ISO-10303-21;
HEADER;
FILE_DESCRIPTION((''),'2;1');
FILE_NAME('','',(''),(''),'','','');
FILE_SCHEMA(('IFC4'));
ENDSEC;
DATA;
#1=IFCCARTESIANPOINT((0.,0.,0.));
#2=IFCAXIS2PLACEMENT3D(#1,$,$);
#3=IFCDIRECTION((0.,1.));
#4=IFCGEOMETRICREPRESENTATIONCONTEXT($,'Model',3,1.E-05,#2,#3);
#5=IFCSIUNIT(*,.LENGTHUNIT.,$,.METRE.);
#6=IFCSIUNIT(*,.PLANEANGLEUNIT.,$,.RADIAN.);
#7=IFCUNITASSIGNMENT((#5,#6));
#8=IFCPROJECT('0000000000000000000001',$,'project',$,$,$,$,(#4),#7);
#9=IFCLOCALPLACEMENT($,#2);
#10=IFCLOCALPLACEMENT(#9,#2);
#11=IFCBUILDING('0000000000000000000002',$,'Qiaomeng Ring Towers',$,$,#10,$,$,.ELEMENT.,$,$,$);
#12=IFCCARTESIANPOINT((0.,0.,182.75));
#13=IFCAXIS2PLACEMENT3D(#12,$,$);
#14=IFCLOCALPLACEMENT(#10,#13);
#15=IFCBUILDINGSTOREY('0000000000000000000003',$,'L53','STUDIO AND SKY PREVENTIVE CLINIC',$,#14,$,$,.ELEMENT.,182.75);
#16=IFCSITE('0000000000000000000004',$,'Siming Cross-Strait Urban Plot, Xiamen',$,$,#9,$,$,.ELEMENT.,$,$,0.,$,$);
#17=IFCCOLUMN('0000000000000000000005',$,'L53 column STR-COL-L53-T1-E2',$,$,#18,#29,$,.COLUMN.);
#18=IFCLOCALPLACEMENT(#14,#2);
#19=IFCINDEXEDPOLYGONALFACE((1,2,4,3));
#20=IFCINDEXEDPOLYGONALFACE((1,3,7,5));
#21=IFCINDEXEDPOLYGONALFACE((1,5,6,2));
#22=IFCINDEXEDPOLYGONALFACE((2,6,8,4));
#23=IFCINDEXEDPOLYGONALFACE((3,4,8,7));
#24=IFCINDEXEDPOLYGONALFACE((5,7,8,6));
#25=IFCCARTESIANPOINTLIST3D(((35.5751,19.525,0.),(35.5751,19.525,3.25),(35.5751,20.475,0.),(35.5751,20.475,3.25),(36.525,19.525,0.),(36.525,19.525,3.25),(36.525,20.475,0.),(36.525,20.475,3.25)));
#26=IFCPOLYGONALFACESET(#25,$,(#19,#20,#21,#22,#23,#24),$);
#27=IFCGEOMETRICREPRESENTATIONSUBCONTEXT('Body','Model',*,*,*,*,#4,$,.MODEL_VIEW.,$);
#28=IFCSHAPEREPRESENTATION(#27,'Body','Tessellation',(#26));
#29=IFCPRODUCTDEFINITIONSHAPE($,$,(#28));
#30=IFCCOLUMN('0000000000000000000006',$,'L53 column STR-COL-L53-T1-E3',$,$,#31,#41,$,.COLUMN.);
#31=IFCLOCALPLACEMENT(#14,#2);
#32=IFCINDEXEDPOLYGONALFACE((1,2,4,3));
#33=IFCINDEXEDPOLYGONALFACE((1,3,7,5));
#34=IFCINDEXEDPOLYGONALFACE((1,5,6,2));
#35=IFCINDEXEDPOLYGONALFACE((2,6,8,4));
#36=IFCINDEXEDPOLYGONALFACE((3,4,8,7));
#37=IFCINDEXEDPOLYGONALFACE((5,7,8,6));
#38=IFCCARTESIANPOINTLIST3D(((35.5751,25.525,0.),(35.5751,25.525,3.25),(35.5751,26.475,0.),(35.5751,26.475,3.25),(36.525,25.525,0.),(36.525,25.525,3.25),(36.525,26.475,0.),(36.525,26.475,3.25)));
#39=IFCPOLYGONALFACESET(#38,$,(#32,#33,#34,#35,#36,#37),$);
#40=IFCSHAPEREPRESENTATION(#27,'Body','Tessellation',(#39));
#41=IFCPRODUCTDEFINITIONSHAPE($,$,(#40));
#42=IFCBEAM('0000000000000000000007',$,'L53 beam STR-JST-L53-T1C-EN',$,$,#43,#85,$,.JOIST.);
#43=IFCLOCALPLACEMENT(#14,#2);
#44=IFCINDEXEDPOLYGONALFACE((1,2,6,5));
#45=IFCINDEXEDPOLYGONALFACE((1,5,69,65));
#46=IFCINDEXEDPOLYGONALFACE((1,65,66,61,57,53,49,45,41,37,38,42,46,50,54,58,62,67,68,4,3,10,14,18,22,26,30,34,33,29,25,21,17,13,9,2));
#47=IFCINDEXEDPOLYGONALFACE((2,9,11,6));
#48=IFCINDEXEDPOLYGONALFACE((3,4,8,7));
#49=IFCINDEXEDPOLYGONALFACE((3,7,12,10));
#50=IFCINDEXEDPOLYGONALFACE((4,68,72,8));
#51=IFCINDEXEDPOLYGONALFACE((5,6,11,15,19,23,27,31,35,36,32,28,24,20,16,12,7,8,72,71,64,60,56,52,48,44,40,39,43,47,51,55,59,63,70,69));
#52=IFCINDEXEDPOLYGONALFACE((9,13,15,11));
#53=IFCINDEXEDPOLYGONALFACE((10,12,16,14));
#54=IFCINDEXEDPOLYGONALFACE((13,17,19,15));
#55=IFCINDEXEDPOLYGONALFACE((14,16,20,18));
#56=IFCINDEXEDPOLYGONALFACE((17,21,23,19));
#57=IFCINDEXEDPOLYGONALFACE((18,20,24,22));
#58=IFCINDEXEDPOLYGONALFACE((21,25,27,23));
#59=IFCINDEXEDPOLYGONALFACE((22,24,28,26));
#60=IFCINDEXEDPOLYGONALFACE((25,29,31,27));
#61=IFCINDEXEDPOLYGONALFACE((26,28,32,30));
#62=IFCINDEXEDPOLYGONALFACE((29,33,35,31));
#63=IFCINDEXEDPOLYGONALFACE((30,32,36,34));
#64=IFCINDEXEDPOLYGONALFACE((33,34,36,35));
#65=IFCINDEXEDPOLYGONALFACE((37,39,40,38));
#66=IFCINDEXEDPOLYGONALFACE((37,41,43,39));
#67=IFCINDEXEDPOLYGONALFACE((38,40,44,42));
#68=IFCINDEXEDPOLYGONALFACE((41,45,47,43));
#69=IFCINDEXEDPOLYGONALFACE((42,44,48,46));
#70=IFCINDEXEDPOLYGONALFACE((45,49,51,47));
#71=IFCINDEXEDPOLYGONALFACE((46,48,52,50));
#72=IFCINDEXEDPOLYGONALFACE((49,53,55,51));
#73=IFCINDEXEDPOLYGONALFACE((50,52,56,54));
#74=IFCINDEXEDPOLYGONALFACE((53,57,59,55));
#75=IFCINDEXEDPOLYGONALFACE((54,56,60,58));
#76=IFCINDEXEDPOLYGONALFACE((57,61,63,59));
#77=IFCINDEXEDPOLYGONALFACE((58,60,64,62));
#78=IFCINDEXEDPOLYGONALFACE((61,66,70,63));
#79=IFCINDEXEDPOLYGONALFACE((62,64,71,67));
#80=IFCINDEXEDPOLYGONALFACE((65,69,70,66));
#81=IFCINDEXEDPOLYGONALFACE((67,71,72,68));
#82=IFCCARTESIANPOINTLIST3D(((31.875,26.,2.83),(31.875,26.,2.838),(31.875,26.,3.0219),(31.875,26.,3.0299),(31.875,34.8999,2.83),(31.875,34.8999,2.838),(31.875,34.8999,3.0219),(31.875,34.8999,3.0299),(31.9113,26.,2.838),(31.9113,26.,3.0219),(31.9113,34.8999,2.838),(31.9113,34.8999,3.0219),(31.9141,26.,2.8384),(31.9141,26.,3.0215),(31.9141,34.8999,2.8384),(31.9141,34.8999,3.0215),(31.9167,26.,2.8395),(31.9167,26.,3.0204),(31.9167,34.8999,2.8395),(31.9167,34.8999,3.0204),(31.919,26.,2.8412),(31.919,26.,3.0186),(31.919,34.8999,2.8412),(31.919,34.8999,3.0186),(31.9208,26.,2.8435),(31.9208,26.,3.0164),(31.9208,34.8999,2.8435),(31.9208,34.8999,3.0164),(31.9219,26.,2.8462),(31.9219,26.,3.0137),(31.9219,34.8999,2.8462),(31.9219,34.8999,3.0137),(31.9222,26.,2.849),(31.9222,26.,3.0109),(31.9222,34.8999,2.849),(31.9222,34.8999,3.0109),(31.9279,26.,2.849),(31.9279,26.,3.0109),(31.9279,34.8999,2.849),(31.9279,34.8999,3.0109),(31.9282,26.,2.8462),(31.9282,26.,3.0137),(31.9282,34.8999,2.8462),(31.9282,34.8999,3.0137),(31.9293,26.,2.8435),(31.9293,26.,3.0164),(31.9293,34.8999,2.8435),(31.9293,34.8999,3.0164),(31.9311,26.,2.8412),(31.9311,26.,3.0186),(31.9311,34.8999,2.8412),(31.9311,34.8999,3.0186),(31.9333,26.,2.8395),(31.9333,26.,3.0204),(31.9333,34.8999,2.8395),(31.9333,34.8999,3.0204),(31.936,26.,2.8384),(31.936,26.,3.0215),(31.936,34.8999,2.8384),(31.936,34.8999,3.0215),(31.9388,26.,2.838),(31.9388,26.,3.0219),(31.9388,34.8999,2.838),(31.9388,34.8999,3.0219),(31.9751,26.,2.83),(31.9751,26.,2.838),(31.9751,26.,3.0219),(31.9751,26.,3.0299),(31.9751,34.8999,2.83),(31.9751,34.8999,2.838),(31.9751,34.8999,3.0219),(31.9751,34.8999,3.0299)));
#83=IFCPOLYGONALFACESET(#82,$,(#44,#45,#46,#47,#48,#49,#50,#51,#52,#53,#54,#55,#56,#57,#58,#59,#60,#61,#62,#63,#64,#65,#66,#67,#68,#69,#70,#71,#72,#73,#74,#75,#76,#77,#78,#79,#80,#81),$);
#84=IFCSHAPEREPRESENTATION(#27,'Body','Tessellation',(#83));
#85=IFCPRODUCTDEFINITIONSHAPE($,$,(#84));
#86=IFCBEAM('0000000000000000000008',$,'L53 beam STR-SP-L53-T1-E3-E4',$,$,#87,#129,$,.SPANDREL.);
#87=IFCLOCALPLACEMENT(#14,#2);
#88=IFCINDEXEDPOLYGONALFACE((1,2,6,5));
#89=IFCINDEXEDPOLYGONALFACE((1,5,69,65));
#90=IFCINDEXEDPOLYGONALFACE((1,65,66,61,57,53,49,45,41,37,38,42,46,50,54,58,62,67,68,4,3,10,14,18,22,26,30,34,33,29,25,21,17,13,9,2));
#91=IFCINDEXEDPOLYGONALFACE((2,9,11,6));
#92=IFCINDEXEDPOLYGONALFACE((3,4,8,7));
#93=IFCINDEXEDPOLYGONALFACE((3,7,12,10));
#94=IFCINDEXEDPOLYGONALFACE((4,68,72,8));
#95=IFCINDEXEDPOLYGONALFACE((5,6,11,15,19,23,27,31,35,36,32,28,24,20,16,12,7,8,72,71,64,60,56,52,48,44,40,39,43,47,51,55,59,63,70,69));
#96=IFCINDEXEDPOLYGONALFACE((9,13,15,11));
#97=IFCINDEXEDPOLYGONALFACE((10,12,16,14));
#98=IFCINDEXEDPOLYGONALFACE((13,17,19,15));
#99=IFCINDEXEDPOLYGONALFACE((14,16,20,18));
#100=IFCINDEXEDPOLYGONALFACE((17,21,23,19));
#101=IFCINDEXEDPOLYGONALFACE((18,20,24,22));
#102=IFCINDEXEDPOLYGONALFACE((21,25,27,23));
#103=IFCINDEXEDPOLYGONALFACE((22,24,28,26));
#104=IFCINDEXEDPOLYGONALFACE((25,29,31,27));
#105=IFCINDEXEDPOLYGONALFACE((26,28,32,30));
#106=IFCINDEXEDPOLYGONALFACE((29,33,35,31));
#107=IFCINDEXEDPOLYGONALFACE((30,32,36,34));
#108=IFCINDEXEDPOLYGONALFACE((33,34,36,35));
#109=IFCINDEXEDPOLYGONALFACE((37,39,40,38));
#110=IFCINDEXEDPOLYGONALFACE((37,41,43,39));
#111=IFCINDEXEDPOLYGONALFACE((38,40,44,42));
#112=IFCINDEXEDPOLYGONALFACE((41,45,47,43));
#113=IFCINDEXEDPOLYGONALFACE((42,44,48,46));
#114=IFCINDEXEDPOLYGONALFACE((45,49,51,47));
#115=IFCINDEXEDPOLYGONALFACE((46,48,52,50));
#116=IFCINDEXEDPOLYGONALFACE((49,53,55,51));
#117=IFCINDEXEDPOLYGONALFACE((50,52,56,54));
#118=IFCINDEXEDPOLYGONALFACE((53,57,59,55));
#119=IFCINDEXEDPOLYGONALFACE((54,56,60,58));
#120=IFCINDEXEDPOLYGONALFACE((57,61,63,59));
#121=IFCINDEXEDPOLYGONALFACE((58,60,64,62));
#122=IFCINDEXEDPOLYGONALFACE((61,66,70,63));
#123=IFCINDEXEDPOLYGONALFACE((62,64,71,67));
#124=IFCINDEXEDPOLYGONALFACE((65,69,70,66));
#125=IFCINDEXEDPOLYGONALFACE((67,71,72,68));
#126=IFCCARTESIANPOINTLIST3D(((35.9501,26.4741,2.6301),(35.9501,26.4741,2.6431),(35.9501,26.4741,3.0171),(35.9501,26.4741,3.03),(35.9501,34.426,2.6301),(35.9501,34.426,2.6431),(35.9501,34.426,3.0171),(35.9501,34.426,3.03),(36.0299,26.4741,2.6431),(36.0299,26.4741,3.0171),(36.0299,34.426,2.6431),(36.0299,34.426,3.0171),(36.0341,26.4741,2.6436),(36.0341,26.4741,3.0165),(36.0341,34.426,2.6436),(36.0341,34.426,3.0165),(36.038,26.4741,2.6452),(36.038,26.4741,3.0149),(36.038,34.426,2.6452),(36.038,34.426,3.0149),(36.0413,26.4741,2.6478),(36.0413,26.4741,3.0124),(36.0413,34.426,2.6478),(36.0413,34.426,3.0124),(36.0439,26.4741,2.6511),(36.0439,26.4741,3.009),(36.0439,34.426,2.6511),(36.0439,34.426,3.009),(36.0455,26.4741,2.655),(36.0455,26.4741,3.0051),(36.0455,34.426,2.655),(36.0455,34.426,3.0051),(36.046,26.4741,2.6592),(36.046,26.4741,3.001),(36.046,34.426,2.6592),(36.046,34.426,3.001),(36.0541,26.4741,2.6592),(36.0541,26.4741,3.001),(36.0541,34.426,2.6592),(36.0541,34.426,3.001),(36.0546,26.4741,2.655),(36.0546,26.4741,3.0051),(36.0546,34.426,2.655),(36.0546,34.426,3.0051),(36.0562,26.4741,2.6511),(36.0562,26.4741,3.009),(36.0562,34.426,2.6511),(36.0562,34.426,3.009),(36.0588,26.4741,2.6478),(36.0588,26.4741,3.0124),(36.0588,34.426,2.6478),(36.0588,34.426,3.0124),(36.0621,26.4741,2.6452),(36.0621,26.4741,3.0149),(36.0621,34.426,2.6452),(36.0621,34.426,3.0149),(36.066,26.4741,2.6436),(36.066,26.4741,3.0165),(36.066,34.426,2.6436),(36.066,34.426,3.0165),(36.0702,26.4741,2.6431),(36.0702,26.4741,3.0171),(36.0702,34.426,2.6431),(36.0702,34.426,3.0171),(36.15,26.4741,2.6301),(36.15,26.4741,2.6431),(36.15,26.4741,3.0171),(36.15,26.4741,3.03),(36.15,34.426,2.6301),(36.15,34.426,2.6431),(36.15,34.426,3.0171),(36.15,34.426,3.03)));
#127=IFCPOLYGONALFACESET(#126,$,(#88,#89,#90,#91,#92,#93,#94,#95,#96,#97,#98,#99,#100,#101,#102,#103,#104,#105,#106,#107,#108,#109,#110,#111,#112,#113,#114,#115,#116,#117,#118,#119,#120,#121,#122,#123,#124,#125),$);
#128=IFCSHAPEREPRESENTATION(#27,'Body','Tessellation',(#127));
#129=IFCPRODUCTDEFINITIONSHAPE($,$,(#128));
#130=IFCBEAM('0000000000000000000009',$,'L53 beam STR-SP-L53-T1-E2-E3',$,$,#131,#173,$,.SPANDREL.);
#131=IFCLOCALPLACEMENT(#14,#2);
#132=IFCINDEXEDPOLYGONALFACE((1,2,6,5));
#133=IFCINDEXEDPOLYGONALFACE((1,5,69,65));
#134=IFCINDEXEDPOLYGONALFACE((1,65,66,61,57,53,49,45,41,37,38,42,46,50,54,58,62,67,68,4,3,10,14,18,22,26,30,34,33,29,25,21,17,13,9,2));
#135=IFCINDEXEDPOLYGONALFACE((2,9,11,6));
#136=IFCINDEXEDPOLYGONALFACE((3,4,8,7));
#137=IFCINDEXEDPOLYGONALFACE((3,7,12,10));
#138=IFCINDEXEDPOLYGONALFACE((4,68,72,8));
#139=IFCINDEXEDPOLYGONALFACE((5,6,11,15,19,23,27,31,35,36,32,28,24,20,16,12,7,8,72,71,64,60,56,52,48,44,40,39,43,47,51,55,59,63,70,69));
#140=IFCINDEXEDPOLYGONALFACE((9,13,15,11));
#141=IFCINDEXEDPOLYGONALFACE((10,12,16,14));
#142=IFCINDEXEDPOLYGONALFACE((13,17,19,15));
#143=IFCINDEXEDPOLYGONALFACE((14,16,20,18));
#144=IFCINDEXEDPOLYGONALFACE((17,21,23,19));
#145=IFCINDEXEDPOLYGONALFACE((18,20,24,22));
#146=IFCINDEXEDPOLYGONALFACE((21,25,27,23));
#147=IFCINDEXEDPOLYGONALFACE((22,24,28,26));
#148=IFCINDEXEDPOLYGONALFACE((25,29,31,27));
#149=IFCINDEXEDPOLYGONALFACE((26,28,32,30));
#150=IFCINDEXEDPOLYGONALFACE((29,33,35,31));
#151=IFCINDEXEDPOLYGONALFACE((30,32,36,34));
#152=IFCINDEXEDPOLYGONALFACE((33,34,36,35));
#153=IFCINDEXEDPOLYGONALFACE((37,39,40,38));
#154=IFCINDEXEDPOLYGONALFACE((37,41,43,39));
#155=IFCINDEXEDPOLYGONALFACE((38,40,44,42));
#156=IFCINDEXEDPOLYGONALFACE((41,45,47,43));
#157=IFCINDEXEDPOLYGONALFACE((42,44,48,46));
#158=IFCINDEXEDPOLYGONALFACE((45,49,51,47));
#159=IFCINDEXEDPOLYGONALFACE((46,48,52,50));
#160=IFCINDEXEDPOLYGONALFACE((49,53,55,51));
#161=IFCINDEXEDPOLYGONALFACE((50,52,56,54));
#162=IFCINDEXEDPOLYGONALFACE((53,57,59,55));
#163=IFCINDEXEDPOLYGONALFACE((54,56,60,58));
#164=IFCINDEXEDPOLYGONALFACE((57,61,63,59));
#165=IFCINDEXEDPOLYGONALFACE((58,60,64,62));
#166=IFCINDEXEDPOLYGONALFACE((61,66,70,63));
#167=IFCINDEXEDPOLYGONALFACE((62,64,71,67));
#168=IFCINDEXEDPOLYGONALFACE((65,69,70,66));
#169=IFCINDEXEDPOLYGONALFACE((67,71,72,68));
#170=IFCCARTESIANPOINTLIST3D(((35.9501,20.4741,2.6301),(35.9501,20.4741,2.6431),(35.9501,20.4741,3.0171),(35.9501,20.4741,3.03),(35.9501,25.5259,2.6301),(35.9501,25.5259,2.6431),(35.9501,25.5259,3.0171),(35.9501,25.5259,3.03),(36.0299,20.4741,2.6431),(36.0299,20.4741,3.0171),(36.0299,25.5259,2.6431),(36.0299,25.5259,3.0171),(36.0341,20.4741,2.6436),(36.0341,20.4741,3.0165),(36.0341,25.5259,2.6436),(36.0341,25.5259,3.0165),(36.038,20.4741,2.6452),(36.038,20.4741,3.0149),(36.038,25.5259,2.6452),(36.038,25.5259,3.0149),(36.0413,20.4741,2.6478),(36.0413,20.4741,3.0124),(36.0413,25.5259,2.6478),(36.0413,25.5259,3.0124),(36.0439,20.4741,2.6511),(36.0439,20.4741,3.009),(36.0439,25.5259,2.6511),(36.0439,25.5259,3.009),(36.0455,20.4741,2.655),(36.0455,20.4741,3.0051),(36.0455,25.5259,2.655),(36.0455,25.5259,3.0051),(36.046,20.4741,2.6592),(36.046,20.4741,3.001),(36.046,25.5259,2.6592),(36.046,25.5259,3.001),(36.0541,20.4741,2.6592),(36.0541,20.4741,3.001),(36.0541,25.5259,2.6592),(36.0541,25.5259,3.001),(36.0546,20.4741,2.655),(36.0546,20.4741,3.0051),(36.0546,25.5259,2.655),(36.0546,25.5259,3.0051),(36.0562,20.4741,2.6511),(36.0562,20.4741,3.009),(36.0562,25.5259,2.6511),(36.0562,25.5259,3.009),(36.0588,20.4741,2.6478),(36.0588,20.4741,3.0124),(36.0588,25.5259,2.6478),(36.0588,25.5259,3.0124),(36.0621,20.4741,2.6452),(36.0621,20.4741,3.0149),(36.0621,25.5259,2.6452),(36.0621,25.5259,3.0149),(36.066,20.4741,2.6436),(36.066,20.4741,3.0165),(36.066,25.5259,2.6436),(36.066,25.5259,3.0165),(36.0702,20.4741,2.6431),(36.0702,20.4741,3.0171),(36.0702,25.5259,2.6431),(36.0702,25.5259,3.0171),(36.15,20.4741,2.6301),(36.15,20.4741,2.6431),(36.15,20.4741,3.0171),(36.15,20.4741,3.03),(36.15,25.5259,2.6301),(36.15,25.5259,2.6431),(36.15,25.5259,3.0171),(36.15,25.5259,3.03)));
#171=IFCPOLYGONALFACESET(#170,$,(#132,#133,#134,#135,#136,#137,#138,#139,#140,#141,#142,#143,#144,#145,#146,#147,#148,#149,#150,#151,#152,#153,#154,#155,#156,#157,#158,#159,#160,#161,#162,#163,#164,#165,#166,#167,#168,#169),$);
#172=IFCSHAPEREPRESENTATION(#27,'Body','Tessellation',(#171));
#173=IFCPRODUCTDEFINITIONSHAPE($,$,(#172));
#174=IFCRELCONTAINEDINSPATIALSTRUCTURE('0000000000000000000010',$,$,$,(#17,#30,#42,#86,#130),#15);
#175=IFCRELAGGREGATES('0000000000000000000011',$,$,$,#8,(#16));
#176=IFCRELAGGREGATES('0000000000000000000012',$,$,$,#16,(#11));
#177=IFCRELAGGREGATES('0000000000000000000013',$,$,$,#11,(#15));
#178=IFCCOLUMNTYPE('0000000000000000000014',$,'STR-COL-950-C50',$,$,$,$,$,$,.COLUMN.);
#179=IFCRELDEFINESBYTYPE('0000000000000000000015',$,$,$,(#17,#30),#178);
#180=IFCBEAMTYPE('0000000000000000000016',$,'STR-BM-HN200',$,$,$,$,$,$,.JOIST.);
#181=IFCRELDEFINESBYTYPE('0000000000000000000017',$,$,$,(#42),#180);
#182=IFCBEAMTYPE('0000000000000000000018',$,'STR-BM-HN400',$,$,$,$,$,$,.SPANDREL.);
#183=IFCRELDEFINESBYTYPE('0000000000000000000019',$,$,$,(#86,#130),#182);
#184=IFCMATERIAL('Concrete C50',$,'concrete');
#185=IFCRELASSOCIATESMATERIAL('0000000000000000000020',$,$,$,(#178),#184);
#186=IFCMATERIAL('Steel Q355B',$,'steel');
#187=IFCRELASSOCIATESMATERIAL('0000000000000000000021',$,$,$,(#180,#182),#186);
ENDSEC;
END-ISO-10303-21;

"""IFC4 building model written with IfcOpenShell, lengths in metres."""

from ifc_helpers import new_model, si_unit, direction, frame, origin, origin_2d, place, context, subcontext, project, spatial, rectangle, i_section, extrude, source, transform, mapped, material, material_profile, profile_set, type_object, element, save


model = new_model("IFC4")

# Units and contexts
model_context = context("Model", 3, precision=1e-05, world=origin(), true_north=direction((0.0, 1.0)))
body_context = subcontext(model_context, "Body", "Model", "MODEL_VIEW")
ifc_project = project(units=[si_unit("LENGTHUNIT", "METRE"), si_unit("PLANEANGLEUNIT", "RADIAN")], contexts=[model_context])

# Site, building, storey
site_placement = place(None, origin())
site = spatial("IfcSite", under=ifc_project, at=site_placement, Name="Siming Cross-Strait Urban Plot, Xiamen", CompositionType="ELEMENT", RefElevation=0.0)
building_placement = place(site_placement, origin())
building = spatial("IfcBuilding", under=site, at=building_placement, Name="Qiaomeng Ring Towers", CompositionType="ELEMENT")
storey_placement = place(building_placement, frame((0.0, 0.0, 182.75)))
storey = spatial("IfcBuildingStorey", under=building, at=storey_placement, Name="L53", Description="STUDIO AND SKY PREVENTIVE CLINIC", CompositionType="ELEMENT", Elevation=182.75)

# Columns
ifc_material_1 = material(Name="Concrete C50", Category="concrete")
ifc_material_profile_1 = material_profile(ifc_material_1, rectangle(XDim=0.95, YDim=0.95, at=origin_2d()), Name="RC COL 950x950")
ifc_profile_set_1 = profile_set([ifc_material_profile_1], Name="Concrete C50")
column_type = type_object("IfcColumnType", Name="STR-COL-950-C50", PredefinedType="COLUMN", material=ifc_profile_set_1)
shared_shape_1 = source(origin(), body_context, "Body", "SweptSolid", [
    extrude(rectangle(XDim=0.95, YDim=0.95, at=origin_2d()), origin(), (0.0, 0.0, 1.0), 3.25),
])
for number, where, z_axis, x_axis, name in (
    (1, (36.05, 20.0, 0.0), (0.0, 0.0, 1.0), (1.0, 0.0, 0.0), "L53 column STR-COL-L53-T1-E2"),
    (2, (36.05, 26.0, 0.0), (0.0, 0.0, 1.0), (1.0, 0.0, 0.0), "L53 column STR-COL-L53-T1-E3"),
):
    element("IfcColumn", number, at=place(storey_placement, frame(where, z_axis=z_axis, x_axis=x_axis)), inside=storey, type_object=column_type, Name=name, PredefinedType="COLUMN", context=body_context, shape_type="MappedRepresentation", body=[
        mapped(shared_shape_1, transform((0.0, 0.0, 0.0), x_axis=(1.0, 0.0, 0.0), y_axis=(0.0, 1.0, 0.0), z_axis=(0.0, 0.0, 1.0), scale=1.0)),
    ])

# Beams
ifc_material_2 = material(Name="Steel Q355B", Category="steel")
ifc_material_profile_2 = material_profile(ifc_material_2, i_section(OverallWidth=0.1001, OverallDepth=0.2, WebThickness=0.0056, FlangeThickness=0.0081, FilletRadius=0.011, at=origin_2d()), Name="HN 200x100x5.5x8")
ifc_profile_set_2 = profile_set([ifc_material_profile_2], Name="Steel Q355B")
beam_type_1 = type_object("IfcBeamType", Name="STR-BM-HN200", PredefinedType="JOIST", material=ifc_profile_set_2)
shared_shape_2 = source(origin(), body_context, "Body", "SweptSolid", [
    extrude(i_section(OverallWidth=0.1001, OverallDepth=0.2, WebThickness=0.0056, FlangeThickness=0.0081, FilletRadius=0.011, at=origin_2d()), origin(), (0.0, 0.0, 1.0), 8.8999),
])
beam_1_placement = place(storey_placement, frame((31.925, 26.0, 2.9299), z_axis=(0.0, 1.0, 0.0), x_axis=(-1.0, 0.0, 0.0)))
element("IfcBeam", 3, at=beam_1_placement, inside=storey, type_object=beam_type_1, Name="L53 beam STR-JST-L53-T1C-EN", PredefinedType="JOIST", context=body_context, shape_type="MappedRepresentation", body=[
    mapped(shared_shape_2, transform((0.0, 0.0, 0.0), x_axis=(1.0, 0.0, 0.0), y_axis=(0.0, 1.0, 0.0), z_axis=(0.0, 0.0, 1.0), scale=1.0)),
])
ifc_material_profile_3 = material_profile(ifc_material_2, i_section(OverallWidth=0.2, OverallDepth=0.3999, WebThickness=0.0081, FlangeThickness=0.0129, FilletRadius=0.0161, at=origin_2d()), Name="HN 400x200x8x13")
ifc_profile_set_3 = profile_set([ifc_material_profile_3], Name="Steel Q355B")
beam_type_2 = type_object("IfcBeamType", Name="STR-BM-HN400", PredefinedType="SPANDREL", material=ifc_profile_set_3)
shared_shape_3 = source(origin(), body_context, "Body", "SweptSolid", [
    extrude(i_section(OverallWidth=0.2, OverallDepth=0.3999, WebThickness=0.0081, FlangeThickness=0.0129, FilletRadius=0.0161, at=origin_2d()), origin(), (0.0, 0.0, 1.0), 7.9519),
])
beam_2_placement = place(storey_placement, frame((36.05, 26.4741, 2.8301), z_axis=(0.0, 1.0, 0.0), x_axis=(-1.0, 0.0, 0.0)))
element("IfcBeam", 4, at=beam_2_placement, inside=storey, type_object=beam_type_2, Name="L53 beam STR-SP-L53-T1-E3-E4", PredefinedType="SPANDREL", context=body_context, shape_type="MappedRepresentation", body=[
    mapped(shared_shape_3, transform((0.0, 0.0, 0.0), x_axis=(1.0, 0.0, 0.0), y_axis=(0.0, 1.0, 0.0), z_axis=(0.0, 0.0, 1.0), scale=1.0)),
])
shared_shape_4 = source(origin(), body_context, "Body", "SweptSolid", [
    extrude(i_section(OverallWidth=0.2, OverallDepth=0.3999, WebThickness=0.0081, FlangeThickness=0.0129, FilletRadius=0.0161, at=origin_2d()), origin(), (0.0, 0.0, 1.0), 5.0518),
])
beam_3_placement = place(storey_placement, frame((36.05, 20.4741, 2.8301), z_axis=(0.0, 1.0, 0.0), x_axis=(-1.0, 0.0, 0.0)))
element("IfcBeam", 5, at=beam_3_placement, inside=storey, type_object=beam_type_2, Name="L53 beam STR-SP-L53-T1-E2-E3", PredefinedType="SPANDREL", context=body_context, shape_type="MappedRepresentation", body=[
    mapped(shared_shape_4, transform((0.0, 0.0, 0.0), x_axis=(1.0, 0.0, 0.0), y_axis=(0.0, 1.0, 0.0), z_axis=(0.0, 0.0, 1.0), scale=1.0)),
])

save(model, "model.ifc")
